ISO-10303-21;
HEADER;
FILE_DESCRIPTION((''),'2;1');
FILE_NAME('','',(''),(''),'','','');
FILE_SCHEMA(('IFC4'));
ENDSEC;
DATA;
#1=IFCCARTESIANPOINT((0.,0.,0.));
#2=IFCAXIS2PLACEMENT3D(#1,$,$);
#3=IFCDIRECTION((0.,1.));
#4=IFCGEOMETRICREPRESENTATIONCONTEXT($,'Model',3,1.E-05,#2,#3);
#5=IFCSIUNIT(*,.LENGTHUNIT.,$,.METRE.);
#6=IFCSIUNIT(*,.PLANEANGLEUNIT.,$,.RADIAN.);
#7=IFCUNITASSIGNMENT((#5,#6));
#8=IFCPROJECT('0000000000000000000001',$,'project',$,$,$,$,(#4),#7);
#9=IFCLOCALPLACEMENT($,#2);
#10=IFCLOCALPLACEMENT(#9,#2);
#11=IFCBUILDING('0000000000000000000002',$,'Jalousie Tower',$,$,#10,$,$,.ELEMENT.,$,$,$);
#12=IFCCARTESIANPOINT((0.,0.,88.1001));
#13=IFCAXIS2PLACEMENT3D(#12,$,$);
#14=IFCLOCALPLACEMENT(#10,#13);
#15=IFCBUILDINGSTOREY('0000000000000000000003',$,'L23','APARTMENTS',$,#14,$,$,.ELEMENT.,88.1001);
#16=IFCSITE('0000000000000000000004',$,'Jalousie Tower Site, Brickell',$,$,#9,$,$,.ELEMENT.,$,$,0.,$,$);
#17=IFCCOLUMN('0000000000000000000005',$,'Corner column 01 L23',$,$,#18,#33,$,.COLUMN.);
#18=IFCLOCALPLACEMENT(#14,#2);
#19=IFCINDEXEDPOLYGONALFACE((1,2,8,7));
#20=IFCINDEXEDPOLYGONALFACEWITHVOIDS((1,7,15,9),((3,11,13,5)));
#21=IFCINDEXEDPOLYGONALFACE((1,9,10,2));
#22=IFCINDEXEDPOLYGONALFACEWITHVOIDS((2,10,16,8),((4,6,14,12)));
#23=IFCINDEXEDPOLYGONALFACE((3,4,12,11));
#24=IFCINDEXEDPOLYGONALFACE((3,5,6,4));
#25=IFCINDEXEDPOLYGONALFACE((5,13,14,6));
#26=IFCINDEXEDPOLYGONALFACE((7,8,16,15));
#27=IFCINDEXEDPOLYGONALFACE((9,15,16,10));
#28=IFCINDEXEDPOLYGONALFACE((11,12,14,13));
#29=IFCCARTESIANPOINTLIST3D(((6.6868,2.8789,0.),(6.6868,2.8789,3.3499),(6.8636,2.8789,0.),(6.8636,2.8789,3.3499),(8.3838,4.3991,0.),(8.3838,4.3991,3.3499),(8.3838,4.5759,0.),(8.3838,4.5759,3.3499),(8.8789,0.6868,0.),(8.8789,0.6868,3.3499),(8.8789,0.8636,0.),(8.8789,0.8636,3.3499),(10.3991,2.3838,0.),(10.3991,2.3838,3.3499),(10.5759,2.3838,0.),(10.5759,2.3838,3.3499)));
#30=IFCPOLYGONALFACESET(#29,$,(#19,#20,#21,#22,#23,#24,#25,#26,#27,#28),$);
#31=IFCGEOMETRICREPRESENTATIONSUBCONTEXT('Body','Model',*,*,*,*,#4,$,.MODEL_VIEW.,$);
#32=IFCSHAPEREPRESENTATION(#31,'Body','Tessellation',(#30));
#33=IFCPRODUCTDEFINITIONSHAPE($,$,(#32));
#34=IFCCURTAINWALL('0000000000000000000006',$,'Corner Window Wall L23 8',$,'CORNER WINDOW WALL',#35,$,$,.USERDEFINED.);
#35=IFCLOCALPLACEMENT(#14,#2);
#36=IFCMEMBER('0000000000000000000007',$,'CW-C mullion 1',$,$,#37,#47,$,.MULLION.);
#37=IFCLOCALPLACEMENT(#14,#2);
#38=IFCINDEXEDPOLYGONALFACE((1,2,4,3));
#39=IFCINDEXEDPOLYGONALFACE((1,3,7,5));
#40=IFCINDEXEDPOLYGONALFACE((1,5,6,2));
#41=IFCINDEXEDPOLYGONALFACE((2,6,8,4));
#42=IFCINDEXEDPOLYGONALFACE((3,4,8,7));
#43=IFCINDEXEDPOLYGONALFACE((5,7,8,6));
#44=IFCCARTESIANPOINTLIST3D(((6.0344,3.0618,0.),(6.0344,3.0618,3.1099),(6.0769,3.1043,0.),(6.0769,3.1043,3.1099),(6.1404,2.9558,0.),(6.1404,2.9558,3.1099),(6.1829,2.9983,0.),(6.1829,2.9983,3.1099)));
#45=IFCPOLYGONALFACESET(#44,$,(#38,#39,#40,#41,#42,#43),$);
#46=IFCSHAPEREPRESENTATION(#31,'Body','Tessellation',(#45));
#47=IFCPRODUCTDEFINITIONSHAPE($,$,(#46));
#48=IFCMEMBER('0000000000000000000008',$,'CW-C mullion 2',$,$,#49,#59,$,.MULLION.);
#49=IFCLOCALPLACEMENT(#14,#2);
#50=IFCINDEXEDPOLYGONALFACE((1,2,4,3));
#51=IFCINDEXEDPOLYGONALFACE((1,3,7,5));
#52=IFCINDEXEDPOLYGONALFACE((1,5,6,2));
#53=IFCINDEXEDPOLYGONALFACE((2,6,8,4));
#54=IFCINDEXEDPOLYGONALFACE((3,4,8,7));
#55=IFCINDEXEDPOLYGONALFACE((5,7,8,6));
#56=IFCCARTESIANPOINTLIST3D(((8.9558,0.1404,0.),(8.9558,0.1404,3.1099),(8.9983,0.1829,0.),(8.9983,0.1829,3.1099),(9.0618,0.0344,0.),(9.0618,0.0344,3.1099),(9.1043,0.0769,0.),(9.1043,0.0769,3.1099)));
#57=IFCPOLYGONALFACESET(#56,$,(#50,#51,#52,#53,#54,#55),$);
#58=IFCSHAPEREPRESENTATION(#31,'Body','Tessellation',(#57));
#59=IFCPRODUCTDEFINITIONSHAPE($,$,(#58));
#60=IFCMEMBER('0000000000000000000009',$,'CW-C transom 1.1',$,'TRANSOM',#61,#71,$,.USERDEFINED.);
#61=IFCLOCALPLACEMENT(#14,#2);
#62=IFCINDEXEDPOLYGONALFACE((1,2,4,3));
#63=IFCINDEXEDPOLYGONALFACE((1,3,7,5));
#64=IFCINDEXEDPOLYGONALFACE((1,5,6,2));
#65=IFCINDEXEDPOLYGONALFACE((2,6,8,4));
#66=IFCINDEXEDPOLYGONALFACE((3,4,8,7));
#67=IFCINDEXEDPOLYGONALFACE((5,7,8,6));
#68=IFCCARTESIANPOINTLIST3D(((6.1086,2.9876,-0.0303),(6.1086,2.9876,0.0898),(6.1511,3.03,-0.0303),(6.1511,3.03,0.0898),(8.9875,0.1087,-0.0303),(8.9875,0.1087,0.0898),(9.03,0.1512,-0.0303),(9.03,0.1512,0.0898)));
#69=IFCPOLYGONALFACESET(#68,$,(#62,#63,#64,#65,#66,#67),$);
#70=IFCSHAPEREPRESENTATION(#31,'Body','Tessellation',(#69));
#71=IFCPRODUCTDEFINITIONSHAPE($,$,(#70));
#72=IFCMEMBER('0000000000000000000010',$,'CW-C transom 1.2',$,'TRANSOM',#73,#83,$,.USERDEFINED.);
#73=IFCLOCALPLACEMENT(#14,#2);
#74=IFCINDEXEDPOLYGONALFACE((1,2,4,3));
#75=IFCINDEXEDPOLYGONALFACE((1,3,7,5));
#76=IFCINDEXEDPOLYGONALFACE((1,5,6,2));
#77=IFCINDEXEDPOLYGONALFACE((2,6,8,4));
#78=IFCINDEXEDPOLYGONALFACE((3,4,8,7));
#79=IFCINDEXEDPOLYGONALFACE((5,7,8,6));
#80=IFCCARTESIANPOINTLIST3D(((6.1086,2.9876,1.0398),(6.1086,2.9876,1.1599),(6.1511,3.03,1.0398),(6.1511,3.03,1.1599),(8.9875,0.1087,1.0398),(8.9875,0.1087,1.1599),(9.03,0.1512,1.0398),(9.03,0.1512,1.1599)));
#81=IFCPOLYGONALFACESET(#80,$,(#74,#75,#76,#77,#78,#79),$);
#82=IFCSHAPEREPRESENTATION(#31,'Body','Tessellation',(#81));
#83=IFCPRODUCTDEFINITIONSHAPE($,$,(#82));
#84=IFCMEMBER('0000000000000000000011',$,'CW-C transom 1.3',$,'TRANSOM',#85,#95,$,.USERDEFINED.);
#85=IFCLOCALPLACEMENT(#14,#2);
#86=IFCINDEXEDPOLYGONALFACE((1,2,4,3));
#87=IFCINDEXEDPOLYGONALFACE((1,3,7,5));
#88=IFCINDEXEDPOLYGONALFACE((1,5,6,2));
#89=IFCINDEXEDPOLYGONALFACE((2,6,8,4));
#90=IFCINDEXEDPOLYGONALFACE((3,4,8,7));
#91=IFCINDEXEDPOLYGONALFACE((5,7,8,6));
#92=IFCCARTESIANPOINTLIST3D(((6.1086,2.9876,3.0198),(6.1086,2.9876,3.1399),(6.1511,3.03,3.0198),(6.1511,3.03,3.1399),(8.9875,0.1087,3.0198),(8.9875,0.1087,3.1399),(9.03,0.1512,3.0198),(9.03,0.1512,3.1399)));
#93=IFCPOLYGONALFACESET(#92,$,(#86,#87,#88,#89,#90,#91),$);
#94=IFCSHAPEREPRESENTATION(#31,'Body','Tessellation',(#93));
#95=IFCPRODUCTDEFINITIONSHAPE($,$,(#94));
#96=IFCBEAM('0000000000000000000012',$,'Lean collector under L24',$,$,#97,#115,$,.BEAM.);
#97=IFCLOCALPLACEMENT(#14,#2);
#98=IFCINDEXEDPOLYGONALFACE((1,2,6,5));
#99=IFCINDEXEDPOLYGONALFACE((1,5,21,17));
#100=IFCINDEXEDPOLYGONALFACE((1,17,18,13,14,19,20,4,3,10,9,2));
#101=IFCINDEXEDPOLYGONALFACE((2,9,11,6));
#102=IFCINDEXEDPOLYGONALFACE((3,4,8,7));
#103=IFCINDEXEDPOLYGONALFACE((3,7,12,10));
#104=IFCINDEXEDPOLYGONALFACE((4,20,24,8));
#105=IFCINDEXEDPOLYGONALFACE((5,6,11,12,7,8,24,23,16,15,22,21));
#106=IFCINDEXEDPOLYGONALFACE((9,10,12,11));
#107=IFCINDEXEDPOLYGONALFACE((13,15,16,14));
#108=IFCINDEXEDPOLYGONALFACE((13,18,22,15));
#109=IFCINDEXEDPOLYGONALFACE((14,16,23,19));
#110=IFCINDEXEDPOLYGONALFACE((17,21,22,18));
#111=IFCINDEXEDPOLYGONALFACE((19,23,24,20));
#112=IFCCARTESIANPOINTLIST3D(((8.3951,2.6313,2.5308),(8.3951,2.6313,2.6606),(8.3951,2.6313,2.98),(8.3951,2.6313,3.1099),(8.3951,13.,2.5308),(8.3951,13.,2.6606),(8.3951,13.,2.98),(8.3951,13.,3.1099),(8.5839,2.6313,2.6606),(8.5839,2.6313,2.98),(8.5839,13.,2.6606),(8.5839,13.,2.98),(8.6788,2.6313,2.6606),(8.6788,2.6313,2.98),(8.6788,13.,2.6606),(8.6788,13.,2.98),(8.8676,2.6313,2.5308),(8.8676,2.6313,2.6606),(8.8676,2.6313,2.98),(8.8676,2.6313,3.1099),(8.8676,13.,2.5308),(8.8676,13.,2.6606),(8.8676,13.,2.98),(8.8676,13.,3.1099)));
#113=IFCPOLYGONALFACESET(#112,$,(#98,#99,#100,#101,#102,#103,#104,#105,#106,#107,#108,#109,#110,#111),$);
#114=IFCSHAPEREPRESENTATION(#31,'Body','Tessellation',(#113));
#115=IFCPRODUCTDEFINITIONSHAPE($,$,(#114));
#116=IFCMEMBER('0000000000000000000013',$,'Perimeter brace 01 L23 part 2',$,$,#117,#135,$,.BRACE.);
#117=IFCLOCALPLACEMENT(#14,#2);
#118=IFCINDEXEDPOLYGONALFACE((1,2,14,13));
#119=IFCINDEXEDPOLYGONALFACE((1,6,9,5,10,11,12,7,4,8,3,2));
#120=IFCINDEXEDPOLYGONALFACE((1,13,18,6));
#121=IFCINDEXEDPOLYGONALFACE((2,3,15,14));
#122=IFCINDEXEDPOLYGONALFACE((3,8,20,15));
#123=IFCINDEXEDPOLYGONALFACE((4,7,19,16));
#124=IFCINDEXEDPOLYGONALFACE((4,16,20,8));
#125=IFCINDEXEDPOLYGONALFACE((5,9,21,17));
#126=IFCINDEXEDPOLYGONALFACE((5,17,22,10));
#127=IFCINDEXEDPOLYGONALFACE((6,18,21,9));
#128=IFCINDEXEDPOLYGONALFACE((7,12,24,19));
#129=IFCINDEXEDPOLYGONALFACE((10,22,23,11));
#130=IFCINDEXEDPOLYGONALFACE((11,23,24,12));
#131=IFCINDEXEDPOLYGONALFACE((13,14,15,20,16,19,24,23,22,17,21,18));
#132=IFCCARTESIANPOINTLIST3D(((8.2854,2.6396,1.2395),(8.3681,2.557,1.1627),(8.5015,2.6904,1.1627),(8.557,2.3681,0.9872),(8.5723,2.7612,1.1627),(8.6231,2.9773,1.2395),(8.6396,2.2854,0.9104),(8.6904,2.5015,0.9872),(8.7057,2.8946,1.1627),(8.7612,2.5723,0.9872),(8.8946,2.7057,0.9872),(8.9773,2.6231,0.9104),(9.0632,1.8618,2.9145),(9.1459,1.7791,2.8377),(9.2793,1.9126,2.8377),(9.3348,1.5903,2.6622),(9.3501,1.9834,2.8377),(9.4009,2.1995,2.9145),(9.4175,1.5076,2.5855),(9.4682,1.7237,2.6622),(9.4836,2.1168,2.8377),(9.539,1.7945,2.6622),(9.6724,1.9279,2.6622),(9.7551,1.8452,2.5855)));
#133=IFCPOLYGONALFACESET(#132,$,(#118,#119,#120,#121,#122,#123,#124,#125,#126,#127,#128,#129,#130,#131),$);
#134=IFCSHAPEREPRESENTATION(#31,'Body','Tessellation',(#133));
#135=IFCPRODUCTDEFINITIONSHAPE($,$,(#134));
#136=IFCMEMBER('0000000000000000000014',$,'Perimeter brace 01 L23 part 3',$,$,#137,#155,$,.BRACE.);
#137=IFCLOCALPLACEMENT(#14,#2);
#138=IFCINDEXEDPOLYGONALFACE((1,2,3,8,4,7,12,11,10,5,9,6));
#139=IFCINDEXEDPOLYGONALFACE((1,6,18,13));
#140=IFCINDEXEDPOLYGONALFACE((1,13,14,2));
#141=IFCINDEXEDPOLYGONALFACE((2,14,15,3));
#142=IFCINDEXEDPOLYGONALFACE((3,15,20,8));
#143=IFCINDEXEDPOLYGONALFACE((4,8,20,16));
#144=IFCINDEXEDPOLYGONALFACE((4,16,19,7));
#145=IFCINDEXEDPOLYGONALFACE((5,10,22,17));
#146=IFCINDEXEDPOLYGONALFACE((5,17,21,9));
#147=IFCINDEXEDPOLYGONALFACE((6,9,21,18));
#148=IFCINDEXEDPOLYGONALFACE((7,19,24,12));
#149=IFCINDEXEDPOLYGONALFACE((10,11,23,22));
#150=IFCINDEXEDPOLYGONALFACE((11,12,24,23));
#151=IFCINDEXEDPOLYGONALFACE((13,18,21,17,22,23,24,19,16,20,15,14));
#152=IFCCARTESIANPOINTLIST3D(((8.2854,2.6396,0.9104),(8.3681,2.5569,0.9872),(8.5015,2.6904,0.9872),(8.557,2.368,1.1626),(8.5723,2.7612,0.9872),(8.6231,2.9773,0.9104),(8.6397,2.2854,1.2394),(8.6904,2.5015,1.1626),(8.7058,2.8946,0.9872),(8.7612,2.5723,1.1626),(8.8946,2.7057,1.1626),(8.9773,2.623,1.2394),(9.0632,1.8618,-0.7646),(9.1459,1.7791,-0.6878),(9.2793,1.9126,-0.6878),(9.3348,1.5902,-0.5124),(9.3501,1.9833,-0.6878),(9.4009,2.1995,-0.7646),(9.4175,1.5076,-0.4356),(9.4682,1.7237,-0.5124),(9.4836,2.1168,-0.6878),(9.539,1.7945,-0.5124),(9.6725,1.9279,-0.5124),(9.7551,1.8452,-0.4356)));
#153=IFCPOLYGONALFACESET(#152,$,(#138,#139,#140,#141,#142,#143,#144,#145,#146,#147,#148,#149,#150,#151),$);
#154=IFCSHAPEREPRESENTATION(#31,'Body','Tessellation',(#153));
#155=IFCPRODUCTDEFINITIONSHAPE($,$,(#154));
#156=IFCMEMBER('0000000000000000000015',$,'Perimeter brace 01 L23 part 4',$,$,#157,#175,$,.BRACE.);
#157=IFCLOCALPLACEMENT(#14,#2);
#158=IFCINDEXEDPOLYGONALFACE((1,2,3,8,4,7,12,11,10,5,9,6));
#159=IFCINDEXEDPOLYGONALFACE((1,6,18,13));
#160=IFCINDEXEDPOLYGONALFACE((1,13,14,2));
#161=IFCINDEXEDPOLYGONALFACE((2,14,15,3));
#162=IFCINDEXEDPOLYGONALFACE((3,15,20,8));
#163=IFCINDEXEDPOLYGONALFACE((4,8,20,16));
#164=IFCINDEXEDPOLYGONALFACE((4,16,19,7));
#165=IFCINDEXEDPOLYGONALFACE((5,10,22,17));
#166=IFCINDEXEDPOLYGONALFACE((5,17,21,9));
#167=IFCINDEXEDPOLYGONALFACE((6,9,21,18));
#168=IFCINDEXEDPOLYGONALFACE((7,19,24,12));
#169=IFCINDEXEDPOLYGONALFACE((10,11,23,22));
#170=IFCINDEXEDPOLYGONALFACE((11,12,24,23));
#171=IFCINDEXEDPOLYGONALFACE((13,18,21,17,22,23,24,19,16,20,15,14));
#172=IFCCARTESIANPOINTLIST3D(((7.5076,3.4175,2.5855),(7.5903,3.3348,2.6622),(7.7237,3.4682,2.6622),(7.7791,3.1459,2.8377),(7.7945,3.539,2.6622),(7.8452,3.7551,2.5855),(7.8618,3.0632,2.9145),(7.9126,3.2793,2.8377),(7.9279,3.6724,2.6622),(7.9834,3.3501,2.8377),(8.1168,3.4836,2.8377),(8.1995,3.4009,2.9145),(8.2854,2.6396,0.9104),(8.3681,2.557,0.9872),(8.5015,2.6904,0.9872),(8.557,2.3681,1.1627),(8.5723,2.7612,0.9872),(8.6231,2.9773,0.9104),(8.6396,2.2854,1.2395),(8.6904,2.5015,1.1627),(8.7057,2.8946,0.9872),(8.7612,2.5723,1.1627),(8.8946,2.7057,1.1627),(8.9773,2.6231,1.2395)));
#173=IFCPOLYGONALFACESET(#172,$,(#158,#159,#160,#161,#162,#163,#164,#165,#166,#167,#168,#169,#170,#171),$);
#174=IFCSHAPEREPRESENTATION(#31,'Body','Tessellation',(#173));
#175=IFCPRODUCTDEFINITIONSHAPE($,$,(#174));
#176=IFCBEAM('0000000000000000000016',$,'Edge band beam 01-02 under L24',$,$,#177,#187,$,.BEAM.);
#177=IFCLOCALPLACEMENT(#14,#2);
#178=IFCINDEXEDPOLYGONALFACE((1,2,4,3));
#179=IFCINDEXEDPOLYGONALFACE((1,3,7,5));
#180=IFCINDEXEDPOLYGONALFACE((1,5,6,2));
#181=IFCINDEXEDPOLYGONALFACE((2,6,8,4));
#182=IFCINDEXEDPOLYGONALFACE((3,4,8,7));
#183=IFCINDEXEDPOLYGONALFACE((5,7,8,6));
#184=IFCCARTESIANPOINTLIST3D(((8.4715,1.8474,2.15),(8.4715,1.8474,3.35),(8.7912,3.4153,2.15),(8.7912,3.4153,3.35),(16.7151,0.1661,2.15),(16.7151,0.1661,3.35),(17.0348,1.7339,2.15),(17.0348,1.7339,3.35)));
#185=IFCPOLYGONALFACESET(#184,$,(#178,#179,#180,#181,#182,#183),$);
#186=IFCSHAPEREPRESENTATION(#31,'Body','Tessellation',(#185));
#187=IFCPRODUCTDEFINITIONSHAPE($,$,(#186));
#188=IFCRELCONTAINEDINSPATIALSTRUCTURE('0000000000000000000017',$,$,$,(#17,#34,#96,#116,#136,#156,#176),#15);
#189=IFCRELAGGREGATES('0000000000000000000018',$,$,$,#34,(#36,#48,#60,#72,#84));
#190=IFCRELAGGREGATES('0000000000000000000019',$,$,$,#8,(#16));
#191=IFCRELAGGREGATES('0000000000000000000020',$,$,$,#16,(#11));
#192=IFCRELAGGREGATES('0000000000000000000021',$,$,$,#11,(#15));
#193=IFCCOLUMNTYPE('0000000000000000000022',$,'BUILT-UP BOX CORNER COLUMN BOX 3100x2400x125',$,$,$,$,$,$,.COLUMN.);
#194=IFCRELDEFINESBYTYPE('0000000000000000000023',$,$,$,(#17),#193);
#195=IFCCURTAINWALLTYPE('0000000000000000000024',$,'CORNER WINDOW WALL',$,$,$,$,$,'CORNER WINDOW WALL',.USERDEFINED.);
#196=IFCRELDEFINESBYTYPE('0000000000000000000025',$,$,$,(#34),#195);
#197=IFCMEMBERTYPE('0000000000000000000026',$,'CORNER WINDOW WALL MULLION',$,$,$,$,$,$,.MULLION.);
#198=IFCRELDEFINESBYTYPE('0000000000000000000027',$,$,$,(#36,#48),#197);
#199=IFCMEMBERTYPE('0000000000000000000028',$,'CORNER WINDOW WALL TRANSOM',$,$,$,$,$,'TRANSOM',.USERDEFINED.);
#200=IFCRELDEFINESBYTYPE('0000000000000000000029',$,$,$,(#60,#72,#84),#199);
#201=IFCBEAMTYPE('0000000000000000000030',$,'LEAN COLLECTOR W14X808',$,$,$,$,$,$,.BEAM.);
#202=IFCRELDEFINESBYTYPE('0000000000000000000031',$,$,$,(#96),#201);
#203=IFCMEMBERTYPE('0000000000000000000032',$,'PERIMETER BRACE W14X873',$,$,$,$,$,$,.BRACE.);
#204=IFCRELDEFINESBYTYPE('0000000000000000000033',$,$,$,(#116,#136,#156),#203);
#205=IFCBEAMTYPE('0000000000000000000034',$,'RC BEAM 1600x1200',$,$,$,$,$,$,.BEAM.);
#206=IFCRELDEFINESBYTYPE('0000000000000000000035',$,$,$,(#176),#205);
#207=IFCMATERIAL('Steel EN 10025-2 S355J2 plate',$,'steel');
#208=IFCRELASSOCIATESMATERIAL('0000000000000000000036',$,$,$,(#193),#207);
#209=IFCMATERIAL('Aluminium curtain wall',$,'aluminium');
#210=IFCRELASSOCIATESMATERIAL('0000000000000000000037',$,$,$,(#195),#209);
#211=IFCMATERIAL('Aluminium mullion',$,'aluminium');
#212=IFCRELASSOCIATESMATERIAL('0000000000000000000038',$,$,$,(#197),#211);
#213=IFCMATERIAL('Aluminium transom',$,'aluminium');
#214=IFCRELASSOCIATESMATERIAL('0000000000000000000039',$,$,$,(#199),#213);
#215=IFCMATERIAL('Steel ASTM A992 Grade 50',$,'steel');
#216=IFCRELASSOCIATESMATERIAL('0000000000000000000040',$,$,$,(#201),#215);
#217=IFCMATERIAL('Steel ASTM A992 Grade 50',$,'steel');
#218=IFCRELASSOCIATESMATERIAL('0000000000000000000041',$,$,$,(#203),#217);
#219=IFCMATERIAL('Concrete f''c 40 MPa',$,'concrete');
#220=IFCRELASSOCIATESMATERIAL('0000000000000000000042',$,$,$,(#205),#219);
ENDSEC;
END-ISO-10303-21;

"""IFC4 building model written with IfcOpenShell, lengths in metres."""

from ifc_helpers import new_model, si_unit, direction, frame, origin, origin_2d, place, context, subcontext, project, spatial, rectangle, hollow_rectangle, i_section, extrude, material, material_profile, profile_set, type_object, element, aggregate, save


model = new_model("IFC4")

# Units and contexts
model_context = context("Model", 3, precision=1e-05, world=origin(), true_north=direction((0.0, 1.0)))
body_context = subcontext(model_context, "Body", "Model", "MODEL_VIEW")
ifc_project = project(units=[si_unit("LENGTHUNIT", "METRE"), si_unit("PLANEANGLEUNIT", "RADIAN")], contexts=[model_context])

# Site, building, storey
site_placement = place(None, origin())
site = spatial("IfcSite", under=ifc_project, at=site_placement, Name="Jalousie Tower Site, Brickell", CompositionType="ELEMENT", RefElevation=0.0)
building_placement = place(site_placement, origin())
building = spatial("IfcBuilding", under=site, at=building_placement, Name="Jalousie Tower", CompositionType="ELEMENT")
storey_placement = place(building_placement, frame((0.0, 0.0, 88.1001)))
storey = spatial("IfcBuildingStorey", under=building, at=storey_placement, Name="L23", Description="APARTMENTS", CompositionType="ELEMENT", Elevation=88.1001)

# Column
ifc_material_1 = material(Name="Steel EN 10025-2 S355J2 plate", Category="steel")
ifc_material_profile_1 = material_profile(ifc_material_1, hollow_rectangle(XDim=2.3999, YDim=3.1001, WallThickness=0.125, at=origin_2d()), Name="BOX 3100x2400x125")
ifc_profile_set_1 = profile_set([ifc_material_profile_1], Name="Steel EN 10025-2 S355J2 plate")
column_type = type_object("IfcColumnType", Name="BUILT-UP BOX CORNER COLUMN BOX 3100x2400x125", PredefinedType="COLUMN", material=ifc_profile_set_1)
column_placement = place(storey_placement, frame((8.6313, 2.6313, 0.0), z_axis=(0.0, 0.0, 1.0), x_axis=(0.707107, 0.707107, 0.0)))
element("IfcColumn", 1, at=column_placement, inside=storey, type_object=column_type, Name="Corner column 01 L23", PredefinedType="COLUMN", context=body_context, shape_type="SweptSolid", body=[
    extrude(hollow_rectangle(XDim=2.3999, YDim=3.1001, WallThickness=0.125, at=origin_2d()), origin(), (0.0, 0.0, 1.0), 3.3499),
])

# Curtain wall, members
ifc_material_2 = material(Name="Aluminium curtain wall", Category="aluminium")
curtain_wall_type_1 = type_object("IfcCurtainWallType", Name="CORNER WINDOW WALL", ElementType="CORNER WINDOW WALL", PredefinedType="USERDEFINED", material=ifc_material_2)
curtain_wall_1_placement = place(storey_placement, origin())
curtain_wall_1 = element("IfcCurtainWall", 2, at=curtain_wall_1_placement, inside=storey, type_object=curtain_wall_type_1, Name="Corner Window Wall L23 8", ObjectType="CORNER WINDOW WALL", PredefinedType="USERDEFINED")
ifc_material_3 = material(Name="Aluminium mullion", Category="aluminium")
ifc_material_profile_2 = material_profile(ifc_material_3, rectangle(XDim=0.0601, YDim=0.1499, at=origin_2d()), Name="MULLION 60x150")
ifc_profile_set_2 = profile_set([ifc_material_profile_2], Name="Aluminium mullion")
member_type_1 = type_object("IfcMemberType", Name="CORNER WINDOW WALL MULLION", PredefinedType="MULLION", material=ifc_profile_set_2)
member_1_placement = place(storey_placement, frame((6.1086, 3.03, 0.0), z_axis=(0.0, 0.0, 1.0), x_axis=(0.707107, 0.707107, 0.0)))
member_1 = element("IfcMember", 3, at=member_1_placement, type_object=member_type_1, Name="CW-C mullion 1", PredefinedType="MULLION", context=body_context, shape_type="SweptSolid", body=[
    extrude(rectangle(XDim=0.0601, YDim=0.1499, at=origin_2d()), origin(), (0.0, 0.0, 1.0), 3.1099),
])
member_2_placement = place(storey_placement, frame((9.03, 0.1086, 0.0), z_axis=(0.0, 0.0, 1.0), x_axis=(0.707107, 0.707107, 0.0)))
member_2 = element("IfcMember", 4, at=member_2_placement, type_object=member_type_1, Name="CW-C mullion 2", PredefinedType="MULLION", context=body_context, shape_type="SweptSolid", body=[
    extrude(rectangle(XDim=0.0601, YDim=0.1499, at=origin_2d()), origin(), (0.0, 0.0, 1.0), 3.1099),
])
ifc_material_4 = material(Name="Aluminium transom", Category="aluminium")
ifc_material_profile_3 = material_profile(ifc_material_4, rectangle(XDim=0.0601, YDim=0.1201, at=origin_2d()), Name="TRANSOM 60x120")
ifc_profile_set_3 = profile_set([ifc_material_profile_3], Name="Aluminium transom")
member_type_2 = type_object("IfcMemberType", Name="CORNER WINDOW WALL TRANSOM", ElementType="TRANSOM", PredefinedType="USERDEFINED", material=ifc_profile_set_3)
member_3_placement = place(storey_placement, frame((6.1299, 3.0088, 0.0298), z_axis=(0.707107, -0.707107, 0.0), x_axis=(0.707107, 0.707107, 0.0)))
member_3 = element("IfcMember", 5, at=member_3_placement, type_object=member_type_2, Name="CW-C transom 1.1", ObjectType="TRANSOM", PredefinedType="USERDEFINED", context=body_context, shape_type="SweptSolid", body=[
    extrude(rectangle(XDim=0.0601, YDim=0.1201, at=origin_2d()), origin(), (0.0, 0.0, 1.0), 4.0713),
])
member_4_placement = place(storey_placement, frame((6.1299, 3.0088, 1.0999), z_axis=(0.707107, -0.707107, 0.0), x_axis=(0.707107, 0.707107, 0.0)))
member_4 = element("IfcMember", 6, at=member_4_placement, type_object=member_type_2, Name="CW-C transom 1.2", ObjectType="TRANSOM", PredefinedType="USERDEFINED", context=body_context, shape_type="SweptSolid", body=[
    extrude(rectangle(XDim=0.0601, YDim=0.1201, at=origin_2d()), origin(), (0.0, 0.0, 1.0), 4.0713),
])
member_5_placement = place(storey_placement, frame((6.1299, 3.0088, 3.0798), z_axis=(0.707107, -0.707107, 0.0), x_axis=(0.707107, 0.707107, 0.0)))
member_5 = element("IfcMember", 7, at=member_5_placement, type_object=member_type_2, Name="CW-C transom 1.3", ObjectType="TRANSOM", PredefinedType="USERDEFINED", context=body_context, shape_type="SweptSolid", body=[
    extrude(rectangle(XDim=0.0601, YDim=0.1201, at=origin_2d()), origin(), (0.0, 0.0, 1.0), 4.0713),
])

# Beam
ifc_material_5 = material(Name="Steel ASTM A992 Grade 50", Category="steel")
ifc_material_profile_4 = material_profile(ifc_material_5, i_section(OverallWidth=0.4724, OverallDepth=0.5791, WebThickness=0.095, FlangeThickness=0.1299, at=origin_2d()), Name="W14X808")
ifc_profile_set_4 = profile_set([ifc_material_profile_4], Name="Steel ASTM A992 Grade 50")
beam_type_1 = type_object("IfcBeamType", Name="LEAN COLLECTOR W14X808", PredefinedType="BEAM", material=ifc_profile_set_4)
beam_1_placement = place(storey_placement, frame((8.6313, 2.6313, 2.8203), z_axis=(0.0, 1.0, 0.0), x_axis=(-1.0, 0.0, 0.0)))
element("IfcBeam", 8, at=beam_1_placement, inside=storey, type_object=beam_type_1, Name="Lean collector under L24", PredefinedType="BEAM", context=body_context, shape_type="SweptSolid", body=[
    extrude(i_section(OverallWidth=0.4724, OverallDepth=0.5791, WebThickness=0.095, FlangeThickness=0.1299, at=origin_2d()), origin(), (0.0, 0.0, 1.0), 10.3687),
])

# Members
ifc_material_6 = material(Name="Steel ASTM A992 Grade 50", Category="steel")
ifc_material_profile_5 = material_profile(ifc_material_6, i_section(OverallWidth=0.4775, OverallDepth=0.5994, WebThickness=0.1001, FlangeThickness=0.1399, at=origin_2d()), Name="W14X873")
ifc_profile_set_5 = profile_set([ifc_material_profile_5], Name="Steel ASTM A992 Grade 50")
member_type_3 = type_object("IfcMemberType", Name="PERIMETER BRACE W14X873", PredefinedType="BRACE", material=ifc_profile_set_5)
for number, where, z_axis, x_axis, name in (
    (9, (8.6313, 2.6313, 1.075), (0.388149, -0.388149, 0.835872), (0.707107, 0.707107, 0.0), "Perimeter brace 01 L23 part 2"),
    (10, (9.4092, 1.8535, -0.6001), (-0.388149, 0.388149, 0.835872), (-0.707107, -0.707107, 0.0), "Perimeter brace 01 L23 part 3"),
    (11, (8.6313, 2.6313, 1.075), (-0.388149, 0.388149, 0.835872), (-0.707107, -0.707107, 0.0), "Perimeter brace 01 L23 part 4"),
):
    element("IfcMember", number, at=place(storey_placement, frame(where, z_axis=z_axis, x_axis=x_axis)), inside=storey, type_object=member_type_3, Name=name, PredefinedType="BRACE", context=body_context, shape_type="SweptSolid", body=[
        extrude(i_section(OverallWidth=0.4775, OverallDepth=0.5994, WebThickness=0.1001, FlangeThickness=0.1399, at=origin_2d()), origin(), (0.0, 0.0, 1.0), 2.0039),
    ])

# Beam
ifc_material_7 = material(Name="Concrete f'c 40 MPa", Category="concrete")
ifc_material_profile_6 = material_profile(ifc_material_7, rectangle(XDim=1.6001, YDim=1.2, at=origin_2d()), Name="RC 1600x1200")
ifc_profile_set_6 = profile_set([ifc_material_profile_6], Name="Concrete f'c 40 MPa")
beam_type_2 = type_object("IfcBeamType", Name="RC BEAM 1600x1200", PredefinedType="BEAM", material=ifc_profile_set_6)
beam_2_placement = place(storey_placement, frame((8.6313, 2.6313, 2.75), z_axis=(0.979827, -0.199848, 0.0), x_axis=(0.199848, 0.979827, 0.0)))
element("IfcBeam", 12, at=beam_2_placement, inside=storey, type_object=beam_type_2, Name="Edge band beam 01-02 under L24", PredefinedType="BEAM", context=body_context, shape_type="SweptSolid", body=[
    extrude(rectangle(XDim=1.6001, YDim=1.2, at=origin_2d()), origin(), (0.0, 0.0, 1.0), 8.4133),
])

aggregate(curtain_wall_1, [member_1, member_2, member_3, member_4, member_5])

save(model, "model.ifc")
